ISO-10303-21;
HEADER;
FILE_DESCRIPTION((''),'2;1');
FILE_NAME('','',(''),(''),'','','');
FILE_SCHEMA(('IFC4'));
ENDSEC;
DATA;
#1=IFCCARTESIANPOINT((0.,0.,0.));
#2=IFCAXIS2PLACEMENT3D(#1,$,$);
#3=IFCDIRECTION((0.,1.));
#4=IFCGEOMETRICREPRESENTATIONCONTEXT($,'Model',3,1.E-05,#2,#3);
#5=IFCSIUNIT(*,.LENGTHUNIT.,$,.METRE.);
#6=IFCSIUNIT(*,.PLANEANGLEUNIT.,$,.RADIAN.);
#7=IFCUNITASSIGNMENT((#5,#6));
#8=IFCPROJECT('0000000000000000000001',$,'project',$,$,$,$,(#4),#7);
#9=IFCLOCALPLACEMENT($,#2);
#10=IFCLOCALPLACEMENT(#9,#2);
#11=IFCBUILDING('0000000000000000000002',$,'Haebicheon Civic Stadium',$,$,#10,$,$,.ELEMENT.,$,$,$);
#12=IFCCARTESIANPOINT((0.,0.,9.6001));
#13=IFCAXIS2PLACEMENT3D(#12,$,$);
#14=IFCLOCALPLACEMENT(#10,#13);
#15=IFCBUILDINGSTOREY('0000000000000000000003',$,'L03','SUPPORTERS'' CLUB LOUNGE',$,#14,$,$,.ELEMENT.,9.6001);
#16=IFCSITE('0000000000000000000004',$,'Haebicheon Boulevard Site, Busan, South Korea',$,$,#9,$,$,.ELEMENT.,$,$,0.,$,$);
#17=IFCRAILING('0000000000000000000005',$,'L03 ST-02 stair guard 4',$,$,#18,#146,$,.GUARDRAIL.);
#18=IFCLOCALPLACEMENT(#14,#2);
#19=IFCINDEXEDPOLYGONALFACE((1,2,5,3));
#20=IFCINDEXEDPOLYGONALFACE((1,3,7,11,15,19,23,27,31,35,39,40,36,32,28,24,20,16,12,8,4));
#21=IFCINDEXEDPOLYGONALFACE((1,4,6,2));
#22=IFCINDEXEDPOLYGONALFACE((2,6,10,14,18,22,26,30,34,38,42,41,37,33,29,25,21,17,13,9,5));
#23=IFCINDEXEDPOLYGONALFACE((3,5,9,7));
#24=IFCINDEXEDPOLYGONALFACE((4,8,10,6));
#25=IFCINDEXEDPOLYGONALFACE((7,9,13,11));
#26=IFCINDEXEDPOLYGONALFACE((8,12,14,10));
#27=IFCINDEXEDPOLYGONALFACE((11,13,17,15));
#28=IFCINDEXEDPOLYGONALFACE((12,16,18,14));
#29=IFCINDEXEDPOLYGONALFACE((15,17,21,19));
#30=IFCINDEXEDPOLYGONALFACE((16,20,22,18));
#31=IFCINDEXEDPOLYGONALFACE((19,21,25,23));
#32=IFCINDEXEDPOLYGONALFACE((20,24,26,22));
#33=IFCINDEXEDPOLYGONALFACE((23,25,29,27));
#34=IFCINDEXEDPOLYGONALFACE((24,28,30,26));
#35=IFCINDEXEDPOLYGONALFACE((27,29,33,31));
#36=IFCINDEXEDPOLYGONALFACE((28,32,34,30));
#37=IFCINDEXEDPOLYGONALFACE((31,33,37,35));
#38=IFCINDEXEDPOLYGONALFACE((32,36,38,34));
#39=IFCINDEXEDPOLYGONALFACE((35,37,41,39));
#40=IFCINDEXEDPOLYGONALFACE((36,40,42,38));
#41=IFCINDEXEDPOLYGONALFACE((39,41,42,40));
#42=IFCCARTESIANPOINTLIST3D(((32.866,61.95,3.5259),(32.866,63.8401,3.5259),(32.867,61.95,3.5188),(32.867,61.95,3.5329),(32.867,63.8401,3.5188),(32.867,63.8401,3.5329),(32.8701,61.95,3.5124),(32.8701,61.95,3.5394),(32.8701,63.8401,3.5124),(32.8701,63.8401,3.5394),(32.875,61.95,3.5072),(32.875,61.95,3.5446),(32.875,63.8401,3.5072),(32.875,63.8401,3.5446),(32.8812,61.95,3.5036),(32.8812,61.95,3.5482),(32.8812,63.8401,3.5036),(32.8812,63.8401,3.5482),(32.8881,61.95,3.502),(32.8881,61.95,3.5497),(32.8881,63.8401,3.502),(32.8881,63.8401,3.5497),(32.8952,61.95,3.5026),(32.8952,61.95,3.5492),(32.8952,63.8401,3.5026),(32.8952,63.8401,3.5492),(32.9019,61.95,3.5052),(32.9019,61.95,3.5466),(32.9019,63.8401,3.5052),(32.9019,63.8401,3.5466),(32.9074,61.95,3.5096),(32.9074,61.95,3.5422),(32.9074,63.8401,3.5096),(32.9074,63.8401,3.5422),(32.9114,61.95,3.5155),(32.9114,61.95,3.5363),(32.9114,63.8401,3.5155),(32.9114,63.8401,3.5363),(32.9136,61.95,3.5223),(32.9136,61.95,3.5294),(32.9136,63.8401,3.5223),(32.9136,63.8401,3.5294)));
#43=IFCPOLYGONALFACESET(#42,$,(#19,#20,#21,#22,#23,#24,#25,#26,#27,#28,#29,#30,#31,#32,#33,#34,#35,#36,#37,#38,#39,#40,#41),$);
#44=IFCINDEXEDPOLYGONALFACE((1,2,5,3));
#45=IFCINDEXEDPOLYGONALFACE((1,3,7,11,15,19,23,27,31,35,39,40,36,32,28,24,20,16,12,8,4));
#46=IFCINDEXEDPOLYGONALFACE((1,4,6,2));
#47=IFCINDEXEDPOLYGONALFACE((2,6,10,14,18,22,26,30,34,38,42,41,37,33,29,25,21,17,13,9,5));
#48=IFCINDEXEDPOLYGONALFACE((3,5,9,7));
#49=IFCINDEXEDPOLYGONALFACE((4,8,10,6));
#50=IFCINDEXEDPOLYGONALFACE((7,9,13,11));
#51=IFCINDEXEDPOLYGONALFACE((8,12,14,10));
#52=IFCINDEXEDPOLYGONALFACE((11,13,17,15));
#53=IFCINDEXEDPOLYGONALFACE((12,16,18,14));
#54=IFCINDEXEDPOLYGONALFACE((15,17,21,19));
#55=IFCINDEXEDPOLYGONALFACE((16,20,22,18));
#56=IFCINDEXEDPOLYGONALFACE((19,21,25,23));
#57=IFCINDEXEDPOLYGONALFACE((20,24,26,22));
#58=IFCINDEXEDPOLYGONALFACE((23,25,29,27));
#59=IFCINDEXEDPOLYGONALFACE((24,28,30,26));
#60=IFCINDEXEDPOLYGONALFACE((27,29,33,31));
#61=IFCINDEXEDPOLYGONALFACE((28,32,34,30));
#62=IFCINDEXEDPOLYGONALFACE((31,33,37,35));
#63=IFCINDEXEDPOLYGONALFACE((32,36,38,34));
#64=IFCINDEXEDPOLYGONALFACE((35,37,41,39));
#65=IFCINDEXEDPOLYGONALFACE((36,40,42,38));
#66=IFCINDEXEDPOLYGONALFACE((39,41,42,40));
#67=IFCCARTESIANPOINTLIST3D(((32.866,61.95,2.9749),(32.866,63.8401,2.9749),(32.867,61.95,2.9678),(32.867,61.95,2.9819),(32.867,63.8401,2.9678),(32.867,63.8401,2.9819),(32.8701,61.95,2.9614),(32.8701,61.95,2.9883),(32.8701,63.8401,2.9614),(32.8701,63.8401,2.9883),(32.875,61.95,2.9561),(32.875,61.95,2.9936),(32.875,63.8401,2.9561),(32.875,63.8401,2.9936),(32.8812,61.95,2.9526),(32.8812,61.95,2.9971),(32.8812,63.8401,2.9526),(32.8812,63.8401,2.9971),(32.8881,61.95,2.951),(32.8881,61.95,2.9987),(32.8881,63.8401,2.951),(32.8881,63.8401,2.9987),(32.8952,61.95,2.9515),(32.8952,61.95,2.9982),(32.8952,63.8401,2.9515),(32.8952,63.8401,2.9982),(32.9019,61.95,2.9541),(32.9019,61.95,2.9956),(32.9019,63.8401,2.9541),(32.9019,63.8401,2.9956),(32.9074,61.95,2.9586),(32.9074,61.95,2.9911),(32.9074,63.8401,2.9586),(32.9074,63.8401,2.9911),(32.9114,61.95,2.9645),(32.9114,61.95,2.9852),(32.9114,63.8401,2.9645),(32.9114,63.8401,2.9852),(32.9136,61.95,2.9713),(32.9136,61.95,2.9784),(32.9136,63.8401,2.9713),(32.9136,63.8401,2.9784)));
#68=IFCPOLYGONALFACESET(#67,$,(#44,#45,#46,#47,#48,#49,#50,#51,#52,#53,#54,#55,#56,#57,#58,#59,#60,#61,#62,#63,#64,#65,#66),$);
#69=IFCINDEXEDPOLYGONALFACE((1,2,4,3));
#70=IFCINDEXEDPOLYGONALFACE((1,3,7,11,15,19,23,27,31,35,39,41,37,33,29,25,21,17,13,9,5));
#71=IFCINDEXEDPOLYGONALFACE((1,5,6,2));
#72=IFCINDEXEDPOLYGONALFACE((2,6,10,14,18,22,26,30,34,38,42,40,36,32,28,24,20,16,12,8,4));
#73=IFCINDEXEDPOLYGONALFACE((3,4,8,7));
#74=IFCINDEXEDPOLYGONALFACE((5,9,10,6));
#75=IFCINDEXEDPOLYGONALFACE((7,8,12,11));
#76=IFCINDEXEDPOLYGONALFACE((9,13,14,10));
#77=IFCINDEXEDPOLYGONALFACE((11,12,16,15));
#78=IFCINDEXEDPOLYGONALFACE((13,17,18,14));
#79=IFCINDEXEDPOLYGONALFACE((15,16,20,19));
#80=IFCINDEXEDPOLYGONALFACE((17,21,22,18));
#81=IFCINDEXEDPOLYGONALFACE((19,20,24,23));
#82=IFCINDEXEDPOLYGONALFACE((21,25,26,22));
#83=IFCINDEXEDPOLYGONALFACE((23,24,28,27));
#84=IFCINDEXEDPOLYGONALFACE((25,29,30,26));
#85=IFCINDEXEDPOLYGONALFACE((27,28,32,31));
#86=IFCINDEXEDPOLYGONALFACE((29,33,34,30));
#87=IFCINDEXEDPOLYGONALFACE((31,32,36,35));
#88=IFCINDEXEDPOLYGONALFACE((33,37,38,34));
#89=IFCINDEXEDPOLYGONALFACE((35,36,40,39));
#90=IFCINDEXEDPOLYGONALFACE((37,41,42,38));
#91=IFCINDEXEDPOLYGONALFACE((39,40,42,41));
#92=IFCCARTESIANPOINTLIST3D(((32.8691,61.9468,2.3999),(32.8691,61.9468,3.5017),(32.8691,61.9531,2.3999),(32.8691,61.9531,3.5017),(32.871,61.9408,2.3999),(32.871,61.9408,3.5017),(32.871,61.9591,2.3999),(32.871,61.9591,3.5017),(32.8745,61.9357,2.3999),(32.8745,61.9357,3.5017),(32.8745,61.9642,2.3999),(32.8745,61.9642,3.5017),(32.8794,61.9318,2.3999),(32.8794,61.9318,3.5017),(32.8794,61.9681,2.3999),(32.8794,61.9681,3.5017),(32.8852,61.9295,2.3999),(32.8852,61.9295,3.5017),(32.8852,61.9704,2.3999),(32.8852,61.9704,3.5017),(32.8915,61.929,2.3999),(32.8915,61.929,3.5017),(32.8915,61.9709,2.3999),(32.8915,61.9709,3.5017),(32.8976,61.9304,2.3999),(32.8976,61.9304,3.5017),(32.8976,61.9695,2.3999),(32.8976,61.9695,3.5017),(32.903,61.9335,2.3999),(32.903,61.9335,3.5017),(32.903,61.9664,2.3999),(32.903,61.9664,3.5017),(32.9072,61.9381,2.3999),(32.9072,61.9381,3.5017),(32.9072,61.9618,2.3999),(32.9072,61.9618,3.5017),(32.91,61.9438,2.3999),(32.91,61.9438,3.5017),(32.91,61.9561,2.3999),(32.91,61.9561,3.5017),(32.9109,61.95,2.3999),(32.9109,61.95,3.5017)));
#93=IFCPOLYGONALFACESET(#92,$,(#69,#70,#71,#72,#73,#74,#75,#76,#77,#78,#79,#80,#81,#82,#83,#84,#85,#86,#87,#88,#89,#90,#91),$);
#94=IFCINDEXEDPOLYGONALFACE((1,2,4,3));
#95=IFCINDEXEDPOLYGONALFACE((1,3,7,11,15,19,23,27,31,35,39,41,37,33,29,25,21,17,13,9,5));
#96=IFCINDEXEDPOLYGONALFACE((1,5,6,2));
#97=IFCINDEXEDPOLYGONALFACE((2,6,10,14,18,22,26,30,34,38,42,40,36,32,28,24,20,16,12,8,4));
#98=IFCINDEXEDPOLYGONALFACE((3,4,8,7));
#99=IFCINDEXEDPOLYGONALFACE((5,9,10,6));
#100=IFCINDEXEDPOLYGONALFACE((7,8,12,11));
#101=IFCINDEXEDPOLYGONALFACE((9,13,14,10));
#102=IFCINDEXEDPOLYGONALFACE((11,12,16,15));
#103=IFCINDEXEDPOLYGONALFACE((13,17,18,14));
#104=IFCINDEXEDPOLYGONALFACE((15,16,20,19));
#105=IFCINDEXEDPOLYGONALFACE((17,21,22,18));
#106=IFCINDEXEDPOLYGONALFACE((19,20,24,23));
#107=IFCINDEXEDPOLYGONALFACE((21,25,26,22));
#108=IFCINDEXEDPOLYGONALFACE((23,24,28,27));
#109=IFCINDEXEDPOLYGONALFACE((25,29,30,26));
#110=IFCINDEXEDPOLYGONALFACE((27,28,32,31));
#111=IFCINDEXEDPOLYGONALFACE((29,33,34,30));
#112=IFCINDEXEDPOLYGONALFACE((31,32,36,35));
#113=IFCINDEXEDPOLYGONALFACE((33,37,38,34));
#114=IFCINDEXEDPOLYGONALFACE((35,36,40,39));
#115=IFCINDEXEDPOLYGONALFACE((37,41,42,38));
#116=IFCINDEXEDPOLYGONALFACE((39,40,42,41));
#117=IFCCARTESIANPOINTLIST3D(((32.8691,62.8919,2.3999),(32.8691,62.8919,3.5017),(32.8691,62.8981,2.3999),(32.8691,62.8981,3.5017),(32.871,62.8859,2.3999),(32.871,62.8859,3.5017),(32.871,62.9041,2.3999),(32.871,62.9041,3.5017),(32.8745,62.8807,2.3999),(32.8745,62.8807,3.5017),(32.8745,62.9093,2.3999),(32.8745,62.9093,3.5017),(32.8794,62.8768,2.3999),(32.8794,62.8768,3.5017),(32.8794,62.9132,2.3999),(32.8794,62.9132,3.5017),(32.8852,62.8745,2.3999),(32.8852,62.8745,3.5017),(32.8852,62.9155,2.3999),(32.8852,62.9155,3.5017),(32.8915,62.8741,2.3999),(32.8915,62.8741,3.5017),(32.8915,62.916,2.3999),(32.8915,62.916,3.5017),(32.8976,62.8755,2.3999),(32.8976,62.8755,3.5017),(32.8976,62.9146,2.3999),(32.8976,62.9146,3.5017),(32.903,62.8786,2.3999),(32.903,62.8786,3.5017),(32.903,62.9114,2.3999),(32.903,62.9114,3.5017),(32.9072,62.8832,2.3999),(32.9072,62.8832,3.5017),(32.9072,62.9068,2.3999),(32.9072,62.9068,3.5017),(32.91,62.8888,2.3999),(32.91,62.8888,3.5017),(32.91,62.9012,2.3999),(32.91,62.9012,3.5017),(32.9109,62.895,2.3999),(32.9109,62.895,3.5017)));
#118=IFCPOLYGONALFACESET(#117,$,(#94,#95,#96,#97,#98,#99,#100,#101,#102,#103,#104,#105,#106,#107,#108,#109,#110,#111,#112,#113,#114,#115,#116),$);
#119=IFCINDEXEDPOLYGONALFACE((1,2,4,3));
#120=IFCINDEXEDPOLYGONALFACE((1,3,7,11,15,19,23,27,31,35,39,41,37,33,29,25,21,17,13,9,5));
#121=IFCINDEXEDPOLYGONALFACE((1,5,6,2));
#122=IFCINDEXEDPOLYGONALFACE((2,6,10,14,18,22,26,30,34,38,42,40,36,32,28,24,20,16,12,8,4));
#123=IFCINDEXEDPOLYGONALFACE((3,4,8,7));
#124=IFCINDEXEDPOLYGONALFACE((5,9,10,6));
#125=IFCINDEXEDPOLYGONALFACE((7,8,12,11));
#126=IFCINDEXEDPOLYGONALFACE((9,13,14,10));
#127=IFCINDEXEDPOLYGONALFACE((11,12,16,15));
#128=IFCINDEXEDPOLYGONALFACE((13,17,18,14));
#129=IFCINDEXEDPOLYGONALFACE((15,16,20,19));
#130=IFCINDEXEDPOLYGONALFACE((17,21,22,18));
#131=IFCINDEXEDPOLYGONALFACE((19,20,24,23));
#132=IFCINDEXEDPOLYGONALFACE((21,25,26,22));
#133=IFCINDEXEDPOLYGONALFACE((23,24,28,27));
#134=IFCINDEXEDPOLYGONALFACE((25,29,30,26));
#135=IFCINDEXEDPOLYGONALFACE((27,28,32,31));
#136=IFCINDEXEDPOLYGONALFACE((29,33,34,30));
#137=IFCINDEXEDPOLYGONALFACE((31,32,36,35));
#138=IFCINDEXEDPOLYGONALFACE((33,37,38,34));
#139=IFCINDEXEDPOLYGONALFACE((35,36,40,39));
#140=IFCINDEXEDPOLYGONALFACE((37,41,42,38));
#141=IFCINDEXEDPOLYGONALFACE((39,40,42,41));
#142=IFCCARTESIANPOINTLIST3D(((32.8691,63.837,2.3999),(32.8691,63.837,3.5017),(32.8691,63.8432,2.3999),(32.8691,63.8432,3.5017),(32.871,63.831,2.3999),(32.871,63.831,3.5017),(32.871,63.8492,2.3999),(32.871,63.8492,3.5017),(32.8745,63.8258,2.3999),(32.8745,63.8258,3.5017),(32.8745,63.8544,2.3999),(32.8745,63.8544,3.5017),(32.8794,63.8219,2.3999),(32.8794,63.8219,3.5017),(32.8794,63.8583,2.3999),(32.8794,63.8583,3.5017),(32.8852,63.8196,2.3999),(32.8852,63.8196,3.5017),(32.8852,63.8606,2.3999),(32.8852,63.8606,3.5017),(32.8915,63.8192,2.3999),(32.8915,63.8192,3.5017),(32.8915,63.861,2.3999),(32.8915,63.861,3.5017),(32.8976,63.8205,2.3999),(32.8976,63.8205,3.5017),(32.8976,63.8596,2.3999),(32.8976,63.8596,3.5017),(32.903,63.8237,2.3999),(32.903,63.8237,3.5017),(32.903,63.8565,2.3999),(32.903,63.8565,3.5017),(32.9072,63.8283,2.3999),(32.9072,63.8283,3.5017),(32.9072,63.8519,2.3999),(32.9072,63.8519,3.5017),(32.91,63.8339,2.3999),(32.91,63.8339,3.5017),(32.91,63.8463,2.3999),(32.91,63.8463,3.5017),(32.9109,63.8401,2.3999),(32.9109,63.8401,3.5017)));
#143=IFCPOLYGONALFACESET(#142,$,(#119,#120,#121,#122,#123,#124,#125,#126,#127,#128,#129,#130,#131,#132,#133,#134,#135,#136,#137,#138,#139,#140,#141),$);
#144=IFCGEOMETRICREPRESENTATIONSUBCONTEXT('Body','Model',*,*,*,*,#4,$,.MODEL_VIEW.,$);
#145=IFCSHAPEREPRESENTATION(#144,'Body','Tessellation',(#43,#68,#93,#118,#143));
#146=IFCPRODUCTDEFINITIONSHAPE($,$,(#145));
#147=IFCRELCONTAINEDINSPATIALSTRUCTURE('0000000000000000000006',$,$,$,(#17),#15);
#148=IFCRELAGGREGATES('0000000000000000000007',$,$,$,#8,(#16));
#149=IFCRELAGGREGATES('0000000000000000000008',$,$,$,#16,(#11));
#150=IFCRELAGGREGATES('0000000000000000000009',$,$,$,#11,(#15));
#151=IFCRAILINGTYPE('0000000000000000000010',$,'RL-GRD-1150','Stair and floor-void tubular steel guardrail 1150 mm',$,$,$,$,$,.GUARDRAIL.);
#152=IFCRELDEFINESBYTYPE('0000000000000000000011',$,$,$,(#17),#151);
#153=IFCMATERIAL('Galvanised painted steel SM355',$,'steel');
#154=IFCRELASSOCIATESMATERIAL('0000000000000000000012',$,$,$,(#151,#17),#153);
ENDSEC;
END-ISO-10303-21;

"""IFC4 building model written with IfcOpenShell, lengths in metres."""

from ifc_helpers import new_model, si_unit, direction, frame, origin, origin_2d, place, context, subcontext, project, spatial, circle, extrude, material, type_object, element, save


model = new_model("IFC4")

# Units and contexts
model_context = context("Model", 3, precision=1e-05, world=origin(), true_north=direction((0.0, 1.0)))
body_context = subcontext(model_context, "Body", "Model", "MODEL_VIEW")
ifc_project = project(units=[si_unit("LENGTHUNIT", "METRE"), si_unit("PLANEANGLEUNIT", "RADIAN")], contexts=[model_context])

# Site, building, storey
site_placement = place(None, origin())
site = spatial("IfcSite", under=ifc_project, at=site_placement, Name="Haebicheon Boulevard Site, Busan, South Korea", CompositionType="ELEMENT", RefElevation=0.0)
building_placement = place(site_placement, origin())
building = spatial("IfcBuilding", under=site, at=building_placement, Name="Haebicheon Civic Stadium", CompositionType="ELEMENT")
storey_placement = place(building_placement, frame((0.0, 0.0, 9.6001)))
storey = spatial("IfcBuildingStorey", under=building, at=storey_placement, Name="L03", Description="SUPPORTERS' CLUB LOUNGE", CompositionType="ELEMENT", Elevation=9.6001)

# Railing
ifc_material_1 = material(Name="Galvanised painted steel SM355", Category="steel")
railing_type_1 = type_object("IfcRailingType", Name="RL-GRD-1150", Description="Stair and floor-void tubular steel guardrail 1150 mm", PredefinedType="GUARDRAIL", material=ifc_material_1)
railing_1_placement = place(storey_placement, frame((32.8899, 61.95, 2.3999)))
element("IfcRailing", 1, at=railing_1_placement, inside=storey, type_object=railing_type_1, material=ifc_material_1, Name="L03 ST-02 stair guard 4", PredefinedType="GUARDRAIL", context=body_context, shape_type="SweptSolid", body=[
    extrude(circle(Radius=0.0239, at=origin_2d()), frame((0.0, 0.0, 1.126), z_axis=(0.0, 1.0, 0.0), x_axis=(-1.0, 0.0, 0.0)), (0.0, 0.0, 1.0), 1.8901),
    extrude(circle(Radius=0.0239, at=origin_2d()), frame((0.0, 0.0, 0.575), z_axis=(0.0, 1.0, 0.0), x_axis=(-1.0, 0.0, 0.0)), (0.0, 0.0, 1.0), 1.8901),
    extrude(circle(Radius=0.021, at=origin_2d()), origin(), (0.0, 0.0, 1.0), 1.1018),
    extrude(circle(Radius=0.021, at=origin_2d()), frame((0.0, 0.9451, 0.0)), (0.0, 0.0, 1.0), 1.1018),
    extrude(circle(Radius=0.021, at=origin_2d()), frame((0.0, 1.8901, 0.0)), (0.0, 0.0, 1.0), 1.1018),
])

save(model, "model.ifc")
